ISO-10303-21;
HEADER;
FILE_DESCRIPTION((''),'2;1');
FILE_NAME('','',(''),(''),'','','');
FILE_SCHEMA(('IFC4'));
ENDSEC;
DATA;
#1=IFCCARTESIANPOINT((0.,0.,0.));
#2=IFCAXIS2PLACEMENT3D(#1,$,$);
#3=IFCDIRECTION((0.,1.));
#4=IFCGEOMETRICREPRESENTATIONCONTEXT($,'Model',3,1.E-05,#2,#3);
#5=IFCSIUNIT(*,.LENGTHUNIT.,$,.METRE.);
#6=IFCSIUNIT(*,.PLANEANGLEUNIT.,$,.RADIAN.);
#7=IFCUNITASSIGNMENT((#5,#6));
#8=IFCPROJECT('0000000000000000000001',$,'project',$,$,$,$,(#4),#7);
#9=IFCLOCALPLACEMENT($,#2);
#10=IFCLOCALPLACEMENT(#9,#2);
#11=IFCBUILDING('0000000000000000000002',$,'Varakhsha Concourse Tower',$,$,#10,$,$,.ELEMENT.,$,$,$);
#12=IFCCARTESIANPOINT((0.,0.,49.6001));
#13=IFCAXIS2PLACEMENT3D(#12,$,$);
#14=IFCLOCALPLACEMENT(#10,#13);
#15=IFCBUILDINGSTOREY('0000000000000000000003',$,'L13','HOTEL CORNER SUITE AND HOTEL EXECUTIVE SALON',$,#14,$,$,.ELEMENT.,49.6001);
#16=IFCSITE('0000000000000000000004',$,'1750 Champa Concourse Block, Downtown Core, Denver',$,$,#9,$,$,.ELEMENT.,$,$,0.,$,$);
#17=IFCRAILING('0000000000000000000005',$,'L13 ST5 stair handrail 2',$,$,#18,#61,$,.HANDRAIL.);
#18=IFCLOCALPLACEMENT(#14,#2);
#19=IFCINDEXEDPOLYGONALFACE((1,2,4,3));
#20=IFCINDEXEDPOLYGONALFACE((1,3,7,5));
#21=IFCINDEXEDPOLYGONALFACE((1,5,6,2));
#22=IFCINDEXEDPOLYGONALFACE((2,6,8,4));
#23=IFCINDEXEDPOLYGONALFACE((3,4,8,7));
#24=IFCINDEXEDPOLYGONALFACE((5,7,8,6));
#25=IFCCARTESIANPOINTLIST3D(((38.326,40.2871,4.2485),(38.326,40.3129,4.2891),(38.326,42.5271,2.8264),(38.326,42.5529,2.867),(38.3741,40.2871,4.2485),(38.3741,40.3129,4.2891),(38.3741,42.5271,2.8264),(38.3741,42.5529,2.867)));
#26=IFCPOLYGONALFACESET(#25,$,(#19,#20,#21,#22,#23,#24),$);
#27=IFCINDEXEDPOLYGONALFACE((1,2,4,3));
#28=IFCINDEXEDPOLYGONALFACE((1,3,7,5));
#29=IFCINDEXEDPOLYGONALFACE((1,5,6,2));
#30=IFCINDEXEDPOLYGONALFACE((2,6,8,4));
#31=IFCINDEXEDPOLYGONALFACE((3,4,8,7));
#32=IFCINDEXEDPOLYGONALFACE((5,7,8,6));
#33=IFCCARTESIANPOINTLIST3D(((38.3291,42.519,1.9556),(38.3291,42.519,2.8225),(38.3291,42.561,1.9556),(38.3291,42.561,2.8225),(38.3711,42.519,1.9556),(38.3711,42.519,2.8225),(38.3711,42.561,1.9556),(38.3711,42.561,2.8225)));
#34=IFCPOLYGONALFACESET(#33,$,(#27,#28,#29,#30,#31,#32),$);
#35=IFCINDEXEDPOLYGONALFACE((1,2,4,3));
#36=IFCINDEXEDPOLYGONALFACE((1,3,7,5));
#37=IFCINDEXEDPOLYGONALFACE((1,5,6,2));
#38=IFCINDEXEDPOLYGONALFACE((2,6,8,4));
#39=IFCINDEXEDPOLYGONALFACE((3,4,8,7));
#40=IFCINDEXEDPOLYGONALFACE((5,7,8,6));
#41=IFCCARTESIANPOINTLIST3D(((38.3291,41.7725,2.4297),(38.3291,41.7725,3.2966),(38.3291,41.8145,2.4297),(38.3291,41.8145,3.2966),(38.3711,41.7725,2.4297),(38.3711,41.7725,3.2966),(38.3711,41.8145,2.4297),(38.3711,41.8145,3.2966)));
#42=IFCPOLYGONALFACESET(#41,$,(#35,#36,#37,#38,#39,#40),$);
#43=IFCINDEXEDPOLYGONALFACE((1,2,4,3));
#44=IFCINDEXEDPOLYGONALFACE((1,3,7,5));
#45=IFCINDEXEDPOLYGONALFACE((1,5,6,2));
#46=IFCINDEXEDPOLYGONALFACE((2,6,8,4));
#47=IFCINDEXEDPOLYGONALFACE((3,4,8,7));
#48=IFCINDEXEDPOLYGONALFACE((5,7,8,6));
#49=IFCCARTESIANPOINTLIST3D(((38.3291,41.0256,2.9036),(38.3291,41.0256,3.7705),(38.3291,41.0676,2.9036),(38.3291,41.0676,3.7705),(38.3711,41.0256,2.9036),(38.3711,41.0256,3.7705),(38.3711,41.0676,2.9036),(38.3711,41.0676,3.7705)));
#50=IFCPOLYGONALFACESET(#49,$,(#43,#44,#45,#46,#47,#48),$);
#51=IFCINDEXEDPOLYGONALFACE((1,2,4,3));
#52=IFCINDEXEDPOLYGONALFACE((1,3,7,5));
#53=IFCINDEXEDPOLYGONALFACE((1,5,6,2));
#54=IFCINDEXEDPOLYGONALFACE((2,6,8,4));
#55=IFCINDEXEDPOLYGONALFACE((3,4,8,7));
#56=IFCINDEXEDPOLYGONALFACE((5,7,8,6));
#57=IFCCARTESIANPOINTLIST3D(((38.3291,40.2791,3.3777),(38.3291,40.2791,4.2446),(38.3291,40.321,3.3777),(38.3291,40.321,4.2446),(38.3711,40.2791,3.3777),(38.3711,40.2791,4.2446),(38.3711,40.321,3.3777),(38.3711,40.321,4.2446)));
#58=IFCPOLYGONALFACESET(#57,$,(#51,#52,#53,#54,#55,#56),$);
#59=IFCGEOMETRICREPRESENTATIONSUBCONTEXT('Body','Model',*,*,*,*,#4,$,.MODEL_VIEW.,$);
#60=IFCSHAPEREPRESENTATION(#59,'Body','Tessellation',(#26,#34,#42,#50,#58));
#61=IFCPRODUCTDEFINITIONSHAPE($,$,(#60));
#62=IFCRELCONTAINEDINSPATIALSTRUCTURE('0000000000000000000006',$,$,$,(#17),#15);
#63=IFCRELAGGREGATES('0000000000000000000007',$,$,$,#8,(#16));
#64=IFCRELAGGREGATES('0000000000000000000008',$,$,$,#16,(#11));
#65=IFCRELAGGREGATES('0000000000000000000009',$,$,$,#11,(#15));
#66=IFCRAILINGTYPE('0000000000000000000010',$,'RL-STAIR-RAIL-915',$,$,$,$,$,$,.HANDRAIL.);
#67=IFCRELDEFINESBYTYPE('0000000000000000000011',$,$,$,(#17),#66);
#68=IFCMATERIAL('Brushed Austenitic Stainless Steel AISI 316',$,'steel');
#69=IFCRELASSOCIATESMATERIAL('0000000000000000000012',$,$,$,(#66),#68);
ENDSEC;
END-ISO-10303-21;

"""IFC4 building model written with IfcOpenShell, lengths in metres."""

from ifc_helpers import new_model, si_unit, direction, frame, origin, origin_2d, place, context, subcontext, project, spatial, rectangle, extrude, material, type_object, element, save


model = new_model("IFC4")

# Units and contexts
model_context = context("Model", 3, precision=1e-05, world=origin(), true_north=direction((0.0, 1.0)))
body_context = subcontext(model_context, "Body", "Model", "MODEL_VIEW")
ifc_project = project(units=[si_unit("LENGTHUNIT", "METRE"), si_unit("PLANEANGLEUNIT", "RADIAN")], contexts=[model_context])

# Site, building, storey
site_placement = place(None, origin())
site = spatial("IfcSite", under=ifc_project, at=site_placement, Name="1750 Champa Concourse Block, Downtown Core, Denver", CompositionType="ELEMENT", RefElevation=0.0)
building_placement = place(site_placement, origin())
building = spatial("IfcBuilding", under=site, at=building_placement, Name="Varakhsha Concourse Tower", CompositionType="ELEMENT")
storey_placement = place(building_placement, frame((0.0, 0.0, 49.6001)))
storey = spatial("IfcBuildingStorey", under=building, at=storey_placement, Name="L13", Description="HOTEL CORNER SUITE AND HOTEL EXECUTIVE SALON", CompositionType="ELEMENT", Elevation=49.6001)

# Railing
ifc_material_1 = material(Name="Brushed Austenitic Stainless Steel AISI 316", Category="steel")
railing_type = type_object("IfcRailingType", Name="RL-STAIR-RAIL-915", PredefinedType="HANDRAIL", material=ifc_material_1)
railing_placement = place(storey_placement, frame((38.3501, 42.54, 1.9556)))
element("IfcRailing", 1, at=railing_placement, inside=storey, type_object=railing_type, Name="L13 ST5 stair handrail 2", PredefinedType="HANDRAIL", context=body_context, shape_type="SweptSolid", body=[
    extrude(rectangle(XDim=0.0481, YDim=0.0481, at=origin_2d()), frame((0.0, 0.0, 0.8911), z_axis=(0.0, -0.844229, 0.535982), x_axis=(1.0, 0.0, 0.0)), (0.0, 0.0, 1.0), 2.6533),
    extrude(rectangle(XDim=0.042, YDim=0.042, at=origin_2d()), origin(), (0.0, 0.0, 1.0), 0.8669),
    extrude(rectangle(XDim=0.042, YDim=0.042, at=origin_2d()), frame((0.0, -0.7466, 0.4741)), (0.0, 0.0, 1.0), 0.8669),
    extrude(rectangle(XDim=0.042, YDim=0.042, at=origin_2d()), frame((0.0, -1.4934, 0.948)), (0.0, 0.0, 1.0), 0.8669),
    extrude(rectangle(XDim=0.042, YDim=0.042, at=origin_2d()), frame((0.0, -2.24, 1.4221)), (0.0, 0.0, 1.0), 0.8669),
])

save(model, "model.ifc")
